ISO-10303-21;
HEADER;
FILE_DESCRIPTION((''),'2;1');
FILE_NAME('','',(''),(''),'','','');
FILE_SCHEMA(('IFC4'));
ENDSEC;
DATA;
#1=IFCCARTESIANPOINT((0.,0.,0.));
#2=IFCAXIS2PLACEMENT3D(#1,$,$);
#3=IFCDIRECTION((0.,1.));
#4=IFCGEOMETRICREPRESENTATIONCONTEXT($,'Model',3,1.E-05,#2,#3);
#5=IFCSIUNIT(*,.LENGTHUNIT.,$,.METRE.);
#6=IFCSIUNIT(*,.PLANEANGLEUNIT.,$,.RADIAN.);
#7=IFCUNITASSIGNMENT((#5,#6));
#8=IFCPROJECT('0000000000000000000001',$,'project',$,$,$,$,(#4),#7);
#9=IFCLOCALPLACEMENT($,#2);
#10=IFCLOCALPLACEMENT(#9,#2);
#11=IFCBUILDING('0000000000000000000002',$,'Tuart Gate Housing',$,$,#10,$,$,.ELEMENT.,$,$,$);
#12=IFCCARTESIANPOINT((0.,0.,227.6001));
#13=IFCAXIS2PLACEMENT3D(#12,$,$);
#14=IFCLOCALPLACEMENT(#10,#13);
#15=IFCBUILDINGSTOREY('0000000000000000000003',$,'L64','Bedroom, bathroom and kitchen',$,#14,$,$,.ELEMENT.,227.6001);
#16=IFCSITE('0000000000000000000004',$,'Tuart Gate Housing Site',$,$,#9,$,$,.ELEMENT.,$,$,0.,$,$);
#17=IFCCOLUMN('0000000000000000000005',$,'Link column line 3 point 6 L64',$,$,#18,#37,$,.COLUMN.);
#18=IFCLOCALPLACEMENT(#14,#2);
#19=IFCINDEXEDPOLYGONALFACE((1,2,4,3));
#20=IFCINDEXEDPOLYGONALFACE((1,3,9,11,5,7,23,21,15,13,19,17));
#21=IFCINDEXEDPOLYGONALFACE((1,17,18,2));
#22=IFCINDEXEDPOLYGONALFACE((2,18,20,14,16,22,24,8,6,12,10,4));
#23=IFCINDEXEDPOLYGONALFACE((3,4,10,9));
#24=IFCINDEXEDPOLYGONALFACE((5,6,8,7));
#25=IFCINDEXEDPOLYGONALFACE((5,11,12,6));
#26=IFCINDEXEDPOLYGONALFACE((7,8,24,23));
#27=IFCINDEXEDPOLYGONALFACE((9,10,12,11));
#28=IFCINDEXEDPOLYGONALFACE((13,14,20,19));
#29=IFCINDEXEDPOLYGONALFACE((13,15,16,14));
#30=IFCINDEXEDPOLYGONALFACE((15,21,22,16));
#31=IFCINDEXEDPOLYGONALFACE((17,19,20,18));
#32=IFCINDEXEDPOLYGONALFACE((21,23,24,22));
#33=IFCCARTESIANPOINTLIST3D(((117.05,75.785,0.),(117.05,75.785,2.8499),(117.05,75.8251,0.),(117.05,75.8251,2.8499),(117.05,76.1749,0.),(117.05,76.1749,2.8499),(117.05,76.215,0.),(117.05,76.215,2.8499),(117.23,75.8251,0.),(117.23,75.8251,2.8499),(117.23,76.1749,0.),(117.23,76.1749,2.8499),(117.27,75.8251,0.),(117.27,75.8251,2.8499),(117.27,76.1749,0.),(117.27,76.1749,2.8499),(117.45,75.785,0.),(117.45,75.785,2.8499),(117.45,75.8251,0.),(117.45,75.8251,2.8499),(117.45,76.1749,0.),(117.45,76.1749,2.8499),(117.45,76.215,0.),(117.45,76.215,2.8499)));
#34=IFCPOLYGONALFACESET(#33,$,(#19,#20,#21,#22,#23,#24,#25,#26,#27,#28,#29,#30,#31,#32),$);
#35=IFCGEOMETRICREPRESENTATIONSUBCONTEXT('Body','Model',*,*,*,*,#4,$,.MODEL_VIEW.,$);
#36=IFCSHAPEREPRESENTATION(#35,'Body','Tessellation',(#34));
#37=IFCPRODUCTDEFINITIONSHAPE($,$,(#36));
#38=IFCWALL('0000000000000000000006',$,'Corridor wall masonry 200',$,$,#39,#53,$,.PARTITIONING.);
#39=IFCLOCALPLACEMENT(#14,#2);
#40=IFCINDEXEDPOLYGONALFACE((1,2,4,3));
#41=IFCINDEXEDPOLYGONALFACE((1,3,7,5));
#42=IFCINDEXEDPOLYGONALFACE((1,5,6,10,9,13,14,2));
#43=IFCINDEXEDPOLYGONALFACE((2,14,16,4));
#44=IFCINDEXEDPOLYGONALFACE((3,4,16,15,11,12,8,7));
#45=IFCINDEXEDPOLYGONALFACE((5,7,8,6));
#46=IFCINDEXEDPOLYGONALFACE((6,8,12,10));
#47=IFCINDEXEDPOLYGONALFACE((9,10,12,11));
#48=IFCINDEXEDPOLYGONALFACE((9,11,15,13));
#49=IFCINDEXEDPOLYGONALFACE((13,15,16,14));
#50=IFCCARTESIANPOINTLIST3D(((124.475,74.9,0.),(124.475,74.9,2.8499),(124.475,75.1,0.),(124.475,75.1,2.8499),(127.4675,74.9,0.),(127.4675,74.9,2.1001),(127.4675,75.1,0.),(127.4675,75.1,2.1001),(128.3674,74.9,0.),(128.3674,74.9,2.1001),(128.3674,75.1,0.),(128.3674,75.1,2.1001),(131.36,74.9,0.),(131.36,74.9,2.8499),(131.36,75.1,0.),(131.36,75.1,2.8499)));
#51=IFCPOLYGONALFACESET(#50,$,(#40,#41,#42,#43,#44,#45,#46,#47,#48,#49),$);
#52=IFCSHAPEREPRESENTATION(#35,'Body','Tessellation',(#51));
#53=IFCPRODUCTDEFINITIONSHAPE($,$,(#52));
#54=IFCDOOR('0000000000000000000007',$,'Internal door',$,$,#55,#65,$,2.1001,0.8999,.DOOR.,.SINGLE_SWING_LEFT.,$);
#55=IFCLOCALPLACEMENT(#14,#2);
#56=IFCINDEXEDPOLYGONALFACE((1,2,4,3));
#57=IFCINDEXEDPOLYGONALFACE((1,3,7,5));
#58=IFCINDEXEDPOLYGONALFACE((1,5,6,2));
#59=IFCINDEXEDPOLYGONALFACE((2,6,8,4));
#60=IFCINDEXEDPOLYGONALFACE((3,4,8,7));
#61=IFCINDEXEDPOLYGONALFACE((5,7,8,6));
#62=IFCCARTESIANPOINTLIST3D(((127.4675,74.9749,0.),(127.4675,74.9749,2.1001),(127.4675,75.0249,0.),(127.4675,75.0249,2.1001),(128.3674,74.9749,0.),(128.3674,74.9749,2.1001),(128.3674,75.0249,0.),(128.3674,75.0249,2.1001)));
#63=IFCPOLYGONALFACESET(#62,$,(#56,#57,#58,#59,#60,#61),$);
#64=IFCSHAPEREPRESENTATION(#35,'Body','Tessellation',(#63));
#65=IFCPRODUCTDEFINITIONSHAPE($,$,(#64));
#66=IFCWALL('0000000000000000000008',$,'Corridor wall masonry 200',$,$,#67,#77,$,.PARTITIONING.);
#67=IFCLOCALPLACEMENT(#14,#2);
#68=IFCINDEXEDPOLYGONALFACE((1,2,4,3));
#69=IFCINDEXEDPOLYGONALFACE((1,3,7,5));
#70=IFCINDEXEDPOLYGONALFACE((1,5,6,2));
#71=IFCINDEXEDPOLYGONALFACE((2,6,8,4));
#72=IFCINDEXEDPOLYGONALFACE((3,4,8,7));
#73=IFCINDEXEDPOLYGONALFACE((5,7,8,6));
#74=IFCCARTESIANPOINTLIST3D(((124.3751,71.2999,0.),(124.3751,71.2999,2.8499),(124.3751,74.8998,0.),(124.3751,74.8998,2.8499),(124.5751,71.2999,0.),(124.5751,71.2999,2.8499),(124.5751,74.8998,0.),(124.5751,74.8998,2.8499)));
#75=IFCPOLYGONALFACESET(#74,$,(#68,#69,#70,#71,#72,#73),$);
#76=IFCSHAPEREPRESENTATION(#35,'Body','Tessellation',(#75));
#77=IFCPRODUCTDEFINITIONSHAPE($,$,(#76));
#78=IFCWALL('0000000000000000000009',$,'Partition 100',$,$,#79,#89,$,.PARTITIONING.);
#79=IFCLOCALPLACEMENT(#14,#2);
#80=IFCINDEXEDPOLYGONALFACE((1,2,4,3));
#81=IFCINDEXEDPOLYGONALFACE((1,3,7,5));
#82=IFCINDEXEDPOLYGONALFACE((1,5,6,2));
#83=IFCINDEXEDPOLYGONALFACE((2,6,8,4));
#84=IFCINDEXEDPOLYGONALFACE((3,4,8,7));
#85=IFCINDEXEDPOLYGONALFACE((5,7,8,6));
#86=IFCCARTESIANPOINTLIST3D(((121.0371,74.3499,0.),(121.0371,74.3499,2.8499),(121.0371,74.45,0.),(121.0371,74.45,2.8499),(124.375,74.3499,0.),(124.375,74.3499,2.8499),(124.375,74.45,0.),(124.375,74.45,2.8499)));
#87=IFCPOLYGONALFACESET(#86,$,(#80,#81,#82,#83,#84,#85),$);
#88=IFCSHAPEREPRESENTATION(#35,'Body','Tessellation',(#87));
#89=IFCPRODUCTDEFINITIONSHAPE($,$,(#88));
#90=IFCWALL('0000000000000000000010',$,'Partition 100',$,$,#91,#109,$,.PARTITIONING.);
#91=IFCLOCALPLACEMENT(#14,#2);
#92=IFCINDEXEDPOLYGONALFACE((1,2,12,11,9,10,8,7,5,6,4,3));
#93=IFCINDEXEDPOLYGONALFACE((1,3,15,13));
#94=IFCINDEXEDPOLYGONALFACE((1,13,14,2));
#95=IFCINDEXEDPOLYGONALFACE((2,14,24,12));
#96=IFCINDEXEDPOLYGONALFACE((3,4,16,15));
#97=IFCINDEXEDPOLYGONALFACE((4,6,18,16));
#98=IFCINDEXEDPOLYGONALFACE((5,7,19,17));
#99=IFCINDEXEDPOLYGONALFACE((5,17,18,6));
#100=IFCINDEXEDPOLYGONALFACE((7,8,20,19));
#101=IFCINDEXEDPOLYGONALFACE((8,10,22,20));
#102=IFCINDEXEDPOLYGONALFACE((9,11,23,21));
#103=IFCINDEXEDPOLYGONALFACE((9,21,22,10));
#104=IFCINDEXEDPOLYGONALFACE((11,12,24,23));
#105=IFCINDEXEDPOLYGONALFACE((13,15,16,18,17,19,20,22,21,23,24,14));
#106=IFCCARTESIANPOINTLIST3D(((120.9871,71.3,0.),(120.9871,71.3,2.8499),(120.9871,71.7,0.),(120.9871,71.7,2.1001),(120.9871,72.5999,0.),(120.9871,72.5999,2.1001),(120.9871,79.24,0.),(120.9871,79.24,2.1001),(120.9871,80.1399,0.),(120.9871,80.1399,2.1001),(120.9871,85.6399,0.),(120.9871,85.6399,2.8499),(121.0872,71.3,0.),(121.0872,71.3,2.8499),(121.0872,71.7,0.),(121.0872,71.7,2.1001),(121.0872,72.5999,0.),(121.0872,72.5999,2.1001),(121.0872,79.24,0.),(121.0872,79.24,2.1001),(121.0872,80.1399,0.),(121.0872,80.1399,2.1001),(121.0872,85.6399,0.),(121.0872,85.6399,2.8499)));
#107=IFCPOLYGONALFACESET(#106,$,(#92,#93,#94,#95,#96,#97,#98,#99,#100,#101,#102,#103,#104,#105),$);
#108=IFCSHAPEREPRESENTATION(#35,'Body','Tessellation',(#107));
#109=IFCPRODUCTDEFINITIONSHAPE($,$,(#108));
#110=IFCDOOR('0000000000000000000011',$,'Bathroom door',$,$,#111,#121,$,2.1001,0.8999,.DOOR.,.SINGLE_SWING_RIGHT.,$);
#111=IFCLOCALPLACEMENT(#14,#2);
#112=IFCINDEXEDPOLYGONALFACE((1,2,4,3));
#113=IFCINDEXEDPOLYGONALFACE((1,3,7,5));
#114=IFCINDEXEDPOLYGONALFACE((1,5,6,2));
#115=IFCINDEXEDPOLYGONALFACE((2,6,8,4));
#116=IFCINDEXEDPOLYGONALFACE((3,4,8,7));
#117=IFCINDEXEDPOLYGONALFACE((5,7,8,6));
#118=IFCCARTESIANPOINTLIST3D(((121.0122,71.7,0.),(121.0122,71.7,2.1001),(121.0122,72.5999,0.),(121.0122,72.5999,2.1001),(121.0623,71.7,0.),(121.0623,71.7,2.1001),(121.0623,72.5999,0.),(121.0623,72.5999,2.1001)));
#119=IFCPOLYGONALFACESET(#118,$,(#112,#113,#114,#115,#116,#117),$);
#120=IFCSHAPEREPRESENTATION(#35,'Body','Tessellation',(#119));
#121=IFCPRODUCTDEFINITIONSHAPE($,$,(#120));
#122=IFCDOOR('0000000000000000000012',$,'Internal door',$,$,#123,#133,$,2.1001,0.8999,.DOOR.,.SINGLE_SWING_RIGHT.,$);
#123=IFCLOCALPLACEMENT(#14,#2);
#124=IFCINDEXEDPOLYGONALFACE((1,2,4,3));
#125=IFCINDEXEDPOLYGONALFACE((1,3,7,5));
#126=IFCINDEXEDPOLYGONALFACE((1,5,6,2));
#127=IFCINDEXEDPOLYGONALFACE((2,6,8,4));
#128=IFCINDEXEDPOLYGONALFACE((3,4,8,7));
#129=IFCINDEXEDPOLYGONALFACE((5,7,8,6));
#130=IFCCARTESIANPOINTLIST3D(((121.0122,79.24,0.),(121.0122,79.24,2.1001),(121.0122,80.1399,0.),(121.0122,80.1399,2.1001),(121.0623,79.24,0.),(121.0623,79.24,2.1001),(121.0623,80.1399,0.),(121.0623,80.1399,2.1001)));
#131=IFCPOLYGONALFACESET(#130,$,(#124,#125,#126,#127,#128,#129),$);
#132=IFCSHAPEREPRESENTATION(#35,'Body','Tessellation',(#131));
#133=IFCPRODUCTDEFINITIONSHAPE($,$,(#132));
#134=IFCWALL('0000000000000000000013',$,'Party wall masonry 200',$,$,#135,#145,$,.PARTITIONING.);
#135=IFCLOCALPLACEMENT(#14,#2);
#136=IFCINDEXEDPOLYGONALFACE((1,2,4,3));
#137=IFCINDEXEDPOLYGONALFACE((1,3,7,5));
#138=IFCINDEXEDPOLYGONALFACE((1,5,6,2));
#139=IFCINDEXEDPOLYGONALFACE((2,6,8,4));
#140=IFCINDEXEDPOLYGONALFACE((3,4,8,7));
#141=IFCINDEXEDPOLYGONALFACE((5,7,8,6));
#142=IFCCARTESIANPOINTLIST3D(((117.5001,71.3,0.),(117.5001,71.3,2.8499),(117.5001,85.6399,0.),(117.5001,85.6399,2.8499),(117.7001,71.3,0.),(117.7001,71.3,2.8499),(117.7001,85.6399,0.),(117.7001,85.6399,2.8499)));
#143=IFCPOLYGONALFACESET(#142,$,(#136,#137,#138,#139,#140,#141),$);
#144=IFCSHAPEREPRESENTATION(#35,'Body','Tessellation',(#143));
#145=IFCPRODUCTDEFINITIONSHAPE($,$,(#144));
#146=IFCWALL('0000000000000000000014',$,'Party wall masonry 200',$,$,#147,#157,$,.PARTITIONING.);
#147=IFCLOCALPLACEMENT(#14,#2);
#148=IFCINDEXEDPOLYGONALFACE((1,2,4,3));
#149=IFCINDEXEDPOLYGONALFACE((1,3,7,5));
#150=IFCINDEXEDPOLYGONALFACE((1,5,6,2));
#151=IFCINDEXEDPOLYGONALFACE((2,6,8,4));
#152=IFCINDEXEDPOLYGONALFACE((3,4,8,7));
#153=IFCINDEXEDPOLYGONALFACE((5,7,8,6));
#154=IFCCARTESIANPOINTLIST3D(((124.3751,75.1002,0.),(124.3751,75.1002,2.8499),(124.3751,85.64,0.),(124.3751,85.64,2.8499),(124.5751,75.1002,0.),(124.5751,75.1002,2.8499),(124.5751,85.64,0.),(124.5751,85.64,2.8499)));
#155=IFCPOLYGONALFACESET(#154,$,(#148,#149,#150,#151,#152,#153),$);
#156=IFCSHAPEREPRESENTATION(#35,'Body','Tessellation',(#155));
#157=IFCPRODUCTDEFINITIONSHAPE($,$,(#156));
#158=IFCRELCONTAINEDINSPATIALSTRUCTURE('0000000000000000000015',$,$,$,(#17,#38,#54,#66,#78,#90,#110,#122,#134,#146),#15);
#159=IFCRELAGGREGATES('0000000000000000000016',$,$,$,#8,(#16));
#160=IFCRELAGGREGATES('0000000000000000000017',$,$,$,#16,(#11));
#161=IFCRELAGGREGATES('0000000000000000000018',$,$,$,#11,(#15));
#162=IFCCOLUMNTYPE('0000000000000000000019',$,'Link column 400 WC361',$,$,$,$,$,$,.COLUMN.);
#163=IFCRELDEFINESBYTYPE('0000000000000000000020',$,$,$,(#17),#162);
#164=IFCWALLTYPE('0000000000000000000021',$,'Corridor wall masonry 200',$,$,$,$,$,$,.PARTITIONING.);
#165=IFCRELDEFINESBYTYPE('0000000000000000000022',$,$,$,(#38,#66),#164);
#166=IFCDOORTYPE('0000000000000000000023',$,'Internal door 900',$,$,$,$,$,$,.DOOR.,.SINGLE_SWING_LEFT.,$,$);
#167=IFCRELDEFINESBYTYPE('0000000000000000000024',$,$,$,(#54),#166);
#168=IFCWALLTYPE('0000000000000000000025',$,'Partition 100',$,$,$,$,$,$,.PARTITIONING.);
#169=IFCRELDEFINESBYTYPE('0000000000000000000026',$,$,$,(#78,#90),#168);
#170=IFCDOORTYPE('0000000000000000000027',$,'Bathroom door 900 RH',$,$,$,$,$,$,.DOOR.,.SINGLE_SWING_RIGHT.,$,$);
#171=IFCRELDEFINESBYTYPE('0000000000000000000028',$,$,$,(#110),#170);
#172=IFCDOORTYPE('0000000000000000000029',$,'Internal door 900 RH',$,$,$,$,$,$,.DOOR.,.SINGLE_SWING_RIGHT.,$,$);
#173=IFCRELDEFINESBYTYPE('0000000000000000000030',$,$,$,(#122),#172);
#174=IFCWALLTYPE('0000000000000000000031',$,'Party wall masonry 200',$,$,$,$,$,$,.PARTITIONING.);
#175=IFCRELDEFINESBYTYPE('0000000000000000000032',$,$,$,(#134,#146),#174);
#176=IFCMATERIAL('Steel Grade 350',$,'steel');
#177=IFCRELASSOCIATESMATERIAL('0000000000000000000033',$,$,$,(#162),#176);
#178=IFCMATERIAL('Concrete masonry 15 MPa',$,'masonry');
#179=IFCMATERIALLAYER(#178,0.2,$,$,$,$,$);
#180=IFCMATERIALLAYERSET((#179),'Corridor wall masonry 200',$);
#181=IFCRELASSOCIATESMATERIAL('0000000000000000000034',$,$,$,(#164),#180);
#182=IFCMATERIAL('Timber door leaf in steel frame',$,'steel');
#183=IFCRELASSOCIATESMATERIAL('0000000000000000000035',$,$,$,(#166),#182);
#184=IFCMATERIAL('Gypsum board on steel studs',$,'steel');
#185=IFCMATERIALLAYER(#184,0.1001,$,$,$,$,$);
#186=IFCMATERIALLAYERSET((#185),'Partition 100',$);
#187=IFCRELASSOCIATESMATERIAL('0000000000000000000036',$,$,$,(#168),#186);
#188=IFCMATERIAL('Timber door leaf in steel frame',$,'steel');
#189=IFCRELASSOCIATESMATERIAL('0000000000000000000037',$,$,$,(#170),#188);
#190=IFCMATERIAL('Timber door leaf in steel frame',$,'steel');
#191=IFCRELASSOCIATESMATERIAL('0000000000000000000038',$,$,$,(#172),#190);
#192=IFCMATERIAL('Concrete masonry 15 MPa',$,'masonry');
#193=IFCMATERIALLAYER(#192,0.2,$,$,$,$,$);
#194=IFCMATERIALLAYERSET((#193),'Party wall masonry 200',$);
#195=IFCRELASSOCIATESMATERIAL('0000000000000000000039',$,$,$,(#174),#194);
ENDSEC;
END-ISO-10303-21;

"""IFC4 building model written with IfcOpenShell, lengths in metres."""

from ifc_helpers import new_model, si_unit, direction, frame, frame_2d, origin, origin_2d, place, context, subcontext, project, spatial, rectangle, i_section, extrude, material, layer, layer_set, material_profile, profile_set, type_object, element, fill, save


model = new_model("IFC4")

# Units and contexts
model_context = context("Model", 3, precision=1e-05, world=origin(), true_north=direction((0.0, 1.0)))
body_context = subcontext(model_context, "Body", "Model", "MODEL_VIEW")
ifc_project = project(units=[si_unit("LENGTHUNIT", "METRE"), si_unit("PLANEANGLEUNIT", "RADIAN")], contexts=[model_context])

# Site, building, storey
site_placement = place(None, origin())
site = spatial("IfcSite", under=ifc_project, at=site_placement, Name="Tuart Gate Housing Site", CompositionType="ELEMENT", RefElevation=0.0)
building_placement = place(site_placement, origin())
building = spatial("IfcBuilding", under=site, at=building_placement, Name="Tuart Gate Housing", CompositionType="ELEMENT")
storey_placement = place(building_placement, frame((0.0, 0.0, 227.6001)))
storey = spatial("IfcBuildingStorey", under=building, at=storey_placement, Name="L64", Description="Bedroom, bathroom and kitchen", CompositionType="ELEMENT", Elevation=227.6001)

# Column
ifc_material_1 = material(Name="Steel Grade 350", Category="steel")
ifc_material_profile = material_profile(ifc_material_1, i_section(OverallWidth=0.3999, OverallDepth=0.4299, WebThickness=0.04, FlangeThickness=0.04, at=origin_2d()), Name="400WC361")
ifc_profile_set = profile_set([ifc_material_profile], Name="Steel Grade 350")
column_type = type_object("IfcColumnType", Name="Link column 400 WC361", PredefinedType="COLUMN", material=ifc_profile_set)
column_placement = place(storey_placement, frame((117.25, 76.0, 0.0), z_axis=(0.0, 0.0, 1.0), x_axis=(1.0, 0.0, 0.0)))
element("IfcColumn", 1, at=column_placement, inside=storey, type_object=column_type, Name="Link column line 3 point 6 L64", PredefinedType="COLUMN", context=body_context, shape_type="SweptSolid", body=[
    extrude(i_section(OverallWidth=0.3999, OverallDepth=0.4299, WebThickness=0.04, FlangeThickness=0.04, at=origin_2d()), origin(), (0.0, 0.0, 1.0), 2.8499),
])

# Wall, opening, door
ifc_material_2 = material(Name="Concrete masonry 15 MPa", Category="masonry")
ifc_layer_1 = layer(ifc_material_2, 0.2)
ifc_layer_set_1 = layer_set([ifc_layer_1], Name="Corridor wall masonry 200")
wall_type_1 = type_object("IfcWallType", Name="Corridor wall masonry 200", PredefinedType="PARTITIONING", material=ifc_layer_set_1)
wall_1_placement = place(storey_placement, frame((124.4751, 75.0, 0.0), z_axis=(0.0, 0.0, 1.0), x_axis=(1.0, 0.0, 0.0)))
wall_1 = element("IfcWall", 2, at=wall_1_placement, inside=storey, type_object=wall_type_1, Name="Corridor wall masonry 200", PredefinedType="PARTITIONING", context=body_context, shape_type="SweptSolid", body=[
    extrude(rectangle(XDim=6.885, YDim=0.2, at=frame_2d((3.4424, 0.0))), origin(), (0.0, 0.0, 1.0), 2.8499),
])
opening_1_placement = place(wall_1_placement, frame((2.9924, 0.0, 0.0)))
opening_1 = element("IfcOpeningElement", 3, at=opening_1_placement, cuts=wall_1, PredefinedType="OPENING", context=body_context, shape_type="SweptSolid", body=[
    extrude(rectangle(XDim=0.8999, YDim=2.1001, at=frame_2d((0.45, 1.05))), frame((0.0, 0.1099, 0.0), z_axis=(0.0, -1.0, 0.0), x_axis=(1.0, 0.0, 0.0)), (0.0, 0.0, 1.0), 0.22),
])
ifc_material_3 = material(Name="Timber door leaf in steel frame", Category="steel")
door_type_1 = type_object("IfcDoorType", Name="Internal door 900", OperationType="SINGLE_SWING_LEFT", PredefinedType="DOOR", material=ifc_material_3)
door_1_placement = place(opening_1_placement, origin())
door_1 = element("IfcDoor", 4, at=door_1_placement, inside=storey, type_object=door_type_1, Name="Internal door", OperationType="SINGLE_SWING_LEFT", OverallHeight=2.1001, OverallWidth=0.8999, PredefinedType="DOOR", context=body_context, shape_type="SweptSolid", body=[
    extrude(rectangle(XDim=0.8999, YDim=2.1001, at=frame_2d((0.45, 1.05))), frame((0.0, 0.0249, 0.0), z_axis=(0.0, -1.0, 0.0), x_axis=(1.0, 0.0, 0.0)), (0.0, 0.0, 1.0), 0.05),
])
fill(opening_1, door_1)

# Walls
wall_2_placement = place(storey_placement, frame((124.4751, 71.3, 0.0), z_axis=(0.0, 0.0, 1.0), x_axis=(0.0, 1.0, 0.0)))
element("IfcWall", 5, at=wall_2_placement, inside=storey, type_object=wall_type_1, Name="Corridor wall masonry 200", PredefinedType="PARTITIONING", context=body_context, shape_type="SweptSolid", body=[
    extrude(rectangle(XDim=3.5999, YDim=0.2, at=frame_2d((1.7998, 0.0))), origin(), (0.0, 0.0, 1.0), 2.8499),
])
ifc_material_4 = material(Name="Gypsum board on steel studs", Category="steel")
ifc_layer_2 = layer(ifc_material_4, 0.1001)
ifc_layer_set_2 = layer_set([ifc_layer_2], Name="Partition 100")
wall_type_2 = type_object("IfcWallType", Name="Partition 100", PredefinedType="PARTITIONING", material=ifc_layer_set_2)
wall_3_placement = place(storey_placement, frame((121.0371, 74.3999, 0.0), z_axis=(0.0, 0.0, 1.0), x_axis=(1.0, 0.0, 0.0)))
element("IfcWall", 6, at=wall_3_placement, inside=storey, type_object=wall_type_2, Name="Partition 100", PredefinedType="PARTITIONING", context=body_context, shape_type="SweptSolid", body=[
    extrude(rectangle(XDim=3.3379, YDim=0.1001, at=frame_2d((1.6689, 0.0))), origin(), (0.0, 0.0, 1.0), 2.8499),
])

# Wall, openings, doors
wall_4_placement = place(storey_placement, frame((121.0371, 71.3, 0.0), z_axis=(0.0, 0.0, 1.0), x_axis=(0.0, 1.0, 0.0)))
wall_4 = element("IfcWall", 7, at=wall_4_placement, inside=storey, type_object=wall_type_2, Name="Partition 100", PredefinedType="PARTITIONING", context=body_context, shape_type="SweptSolid", body=[
    extrude(rectangle(XDim=14.3398, YDim=0.1001, at=frame_2d((7.1699, 0.0))), origin(), (0.0, 0.0, 1.0), 2.8499),
])
opening_2_placement = place(wall_4_placement, frame((7.9399, 0.0, 0.0)))
opening_2 = element("IfcOpeningElement", 8, at=opening_2_placement, cuts=wall_4, PredefinedType="OPENING", context=body_context, shape_type="SweptSolid", body=[
    extrude(rectangle(XDim=0.8999, YDim=2.1001, at=frame_2d((0.45, 1.05))), frame((0.0, 0.0601, 0.0), z_axis=(0.0, -1.0, 0.0), x_axis=(1.0, 0.0, 0.0)), (0.0, 0.0, 1.0), 0.1201),
])
opening_3_placement = place(wall_4_placement, frame((0.3999, 0.0, 0.0)))
opening_3 = element("IfcOpeningElement", 9, at=opening_3_placement, cuts=wall_4, PredefinedType="OPENING", context=body_context, shape_type="SweptSolid", body=[
    extrude(rectangle(XDim=0.8999, YDim=2.1001, at=frame_2d((0.45, 1.05))), frame((0.0, 0.0601, 0.0), z_axis=(0.0, -1.0, 0.0), x_axis=(1.0, 0.0, 0.0)), (0.0, 0.0, 1.0), 0.1201),
])
ifc_material_5 = material(Name="Timber door leaf in steel frame", Category="steel")
door_type_2 = type_object("IfcDoorType", Name="Bathroom door 900 RH", OperationType="SINGLE_SWING_RIGHT", PredefinedType="DOOR", material=ifc_material_5)
door_2_placement = place(opening_3_placement, frame((0.8999, 0.0, 0.0), z_axis=(0.0, 0.0, 1.0), x_axis=(-1.0, 0.0, 0.0)))
door_2 = element("IfcDoor", 10, at=door_2_placement, inside=storey, type_object=door_type_2, Name="Bathroom door", OperationType="SINGLE_SWING_RIGHT", OverallHeight=2.1001, OverallWidth=0.8999, PredefinedType="DOOR", context=body_context, shape_type="SweptSolid", body=[
    extrude(rectangle(XDim=0.8999, YDim=2.1001, at=frame_2d((0.45, 1.05))), frame((0.0, 0.0251, 0.0), z_axis=(0.0, -1.0, 0.0), x_axis=(1.0, 0.0, 0.0)), (0.0, 0.0, 1.0), 0.05),
])
fill(opening_3, door_2)
ifc_material_6 = material(Name="Timber door leaf in steel frame", Category="steel")
door_type_3 = type_object("IfcDoorType", Name="Internal door 900 RH", OperationType="SINGLE_SWING_RIGHT", PredefinedType="DOOR", material=ifc_material_6)
door_3_placement = place(opening_2_placement, frame((0.8999, 0.0, 0.0), z_axis=(0.0, 0.0, 1.0), x_axis=(-1.0, 0.0, 0.0)))
door_3 = element("IfcDoor", 11, at=door_3_placement, inside=storey, type_object=door_type_3, Name="Internal door", OperationType="SINGLE_SWING_RIGHT", OverallHeight=2.1001, OverallWidth=0.8999, PredefinedType="DOOR", context=body_context, shape_type="SweptSolid", body=[
    extrude(rectangle(XDim=0.8999, YDim=2.1001, at=frame_2d((0.45, 1.05))), frame((0.0, 0.0251, 0.0), z_axis=(0.0, -1.0, 0.0), x_axis=(1.0, 0.0, 0.0)), (0.0, 0.0, 1.0), 0.05),
])
fill(opening_2, door_3)

# Walls
ifc_material_7 = material(Name="Concrete masonry 15 MPa", Category="masonry")
ifc_layer_3 = layer(ifc_material_7, 0.2)
ifc_layer_set_3 = layer_set([ifc_layer_3], Name="Party wall masonry 200")
wall_type_3 = type_object("IfcWallType", Name="Party wall masonry 200", PredefinedType="PARTITIONING", material=ifc_layer_set_3)
wall_5_placement = place(storey_placement, frame((117.6001, 71.3, 0.0), z_axis=(0.0, 0.0, 1.0), x_axis=(0.0, 1.0, 0.0)))
element("IfcWall", 12, at=wall_5_placement, inside=storey, type_object=wall_type_3, Name="Party wall masonry 200", PredefinedType="PARTITIONING", context=body_context, shape_type="SweptSolid", body=[
    extrude(rectangle(XDim=14.3398, YDim=0.2, at=frame_2d((7.1699, 0.0))), origin(), (0.0, 0.0, 1.0), 2.8499),
])
wall_6_placement = place(storey_placement, frame((124.4751, 75.1001, 0.0), z_axis=(0.0, 0.0, 1.0), x_axis=(0.0, 1.0, 0.0)))
element("IfcWall", 13, at=wall_6_placement, inside=storey, type_object=wall_type_3, Name="Party wall masonry 200", PredefinedType="PARTITIONING", context=body_context, shape_type="SweptSolid", body=[
    extrude(rectangle(XDim=10.5398, YDim=0.2, at=frame_2d((5.27, 0.0))), origin(), (0.0, 0.0, 1.0), 2.8499),
])

save(model, "model.ifc")
